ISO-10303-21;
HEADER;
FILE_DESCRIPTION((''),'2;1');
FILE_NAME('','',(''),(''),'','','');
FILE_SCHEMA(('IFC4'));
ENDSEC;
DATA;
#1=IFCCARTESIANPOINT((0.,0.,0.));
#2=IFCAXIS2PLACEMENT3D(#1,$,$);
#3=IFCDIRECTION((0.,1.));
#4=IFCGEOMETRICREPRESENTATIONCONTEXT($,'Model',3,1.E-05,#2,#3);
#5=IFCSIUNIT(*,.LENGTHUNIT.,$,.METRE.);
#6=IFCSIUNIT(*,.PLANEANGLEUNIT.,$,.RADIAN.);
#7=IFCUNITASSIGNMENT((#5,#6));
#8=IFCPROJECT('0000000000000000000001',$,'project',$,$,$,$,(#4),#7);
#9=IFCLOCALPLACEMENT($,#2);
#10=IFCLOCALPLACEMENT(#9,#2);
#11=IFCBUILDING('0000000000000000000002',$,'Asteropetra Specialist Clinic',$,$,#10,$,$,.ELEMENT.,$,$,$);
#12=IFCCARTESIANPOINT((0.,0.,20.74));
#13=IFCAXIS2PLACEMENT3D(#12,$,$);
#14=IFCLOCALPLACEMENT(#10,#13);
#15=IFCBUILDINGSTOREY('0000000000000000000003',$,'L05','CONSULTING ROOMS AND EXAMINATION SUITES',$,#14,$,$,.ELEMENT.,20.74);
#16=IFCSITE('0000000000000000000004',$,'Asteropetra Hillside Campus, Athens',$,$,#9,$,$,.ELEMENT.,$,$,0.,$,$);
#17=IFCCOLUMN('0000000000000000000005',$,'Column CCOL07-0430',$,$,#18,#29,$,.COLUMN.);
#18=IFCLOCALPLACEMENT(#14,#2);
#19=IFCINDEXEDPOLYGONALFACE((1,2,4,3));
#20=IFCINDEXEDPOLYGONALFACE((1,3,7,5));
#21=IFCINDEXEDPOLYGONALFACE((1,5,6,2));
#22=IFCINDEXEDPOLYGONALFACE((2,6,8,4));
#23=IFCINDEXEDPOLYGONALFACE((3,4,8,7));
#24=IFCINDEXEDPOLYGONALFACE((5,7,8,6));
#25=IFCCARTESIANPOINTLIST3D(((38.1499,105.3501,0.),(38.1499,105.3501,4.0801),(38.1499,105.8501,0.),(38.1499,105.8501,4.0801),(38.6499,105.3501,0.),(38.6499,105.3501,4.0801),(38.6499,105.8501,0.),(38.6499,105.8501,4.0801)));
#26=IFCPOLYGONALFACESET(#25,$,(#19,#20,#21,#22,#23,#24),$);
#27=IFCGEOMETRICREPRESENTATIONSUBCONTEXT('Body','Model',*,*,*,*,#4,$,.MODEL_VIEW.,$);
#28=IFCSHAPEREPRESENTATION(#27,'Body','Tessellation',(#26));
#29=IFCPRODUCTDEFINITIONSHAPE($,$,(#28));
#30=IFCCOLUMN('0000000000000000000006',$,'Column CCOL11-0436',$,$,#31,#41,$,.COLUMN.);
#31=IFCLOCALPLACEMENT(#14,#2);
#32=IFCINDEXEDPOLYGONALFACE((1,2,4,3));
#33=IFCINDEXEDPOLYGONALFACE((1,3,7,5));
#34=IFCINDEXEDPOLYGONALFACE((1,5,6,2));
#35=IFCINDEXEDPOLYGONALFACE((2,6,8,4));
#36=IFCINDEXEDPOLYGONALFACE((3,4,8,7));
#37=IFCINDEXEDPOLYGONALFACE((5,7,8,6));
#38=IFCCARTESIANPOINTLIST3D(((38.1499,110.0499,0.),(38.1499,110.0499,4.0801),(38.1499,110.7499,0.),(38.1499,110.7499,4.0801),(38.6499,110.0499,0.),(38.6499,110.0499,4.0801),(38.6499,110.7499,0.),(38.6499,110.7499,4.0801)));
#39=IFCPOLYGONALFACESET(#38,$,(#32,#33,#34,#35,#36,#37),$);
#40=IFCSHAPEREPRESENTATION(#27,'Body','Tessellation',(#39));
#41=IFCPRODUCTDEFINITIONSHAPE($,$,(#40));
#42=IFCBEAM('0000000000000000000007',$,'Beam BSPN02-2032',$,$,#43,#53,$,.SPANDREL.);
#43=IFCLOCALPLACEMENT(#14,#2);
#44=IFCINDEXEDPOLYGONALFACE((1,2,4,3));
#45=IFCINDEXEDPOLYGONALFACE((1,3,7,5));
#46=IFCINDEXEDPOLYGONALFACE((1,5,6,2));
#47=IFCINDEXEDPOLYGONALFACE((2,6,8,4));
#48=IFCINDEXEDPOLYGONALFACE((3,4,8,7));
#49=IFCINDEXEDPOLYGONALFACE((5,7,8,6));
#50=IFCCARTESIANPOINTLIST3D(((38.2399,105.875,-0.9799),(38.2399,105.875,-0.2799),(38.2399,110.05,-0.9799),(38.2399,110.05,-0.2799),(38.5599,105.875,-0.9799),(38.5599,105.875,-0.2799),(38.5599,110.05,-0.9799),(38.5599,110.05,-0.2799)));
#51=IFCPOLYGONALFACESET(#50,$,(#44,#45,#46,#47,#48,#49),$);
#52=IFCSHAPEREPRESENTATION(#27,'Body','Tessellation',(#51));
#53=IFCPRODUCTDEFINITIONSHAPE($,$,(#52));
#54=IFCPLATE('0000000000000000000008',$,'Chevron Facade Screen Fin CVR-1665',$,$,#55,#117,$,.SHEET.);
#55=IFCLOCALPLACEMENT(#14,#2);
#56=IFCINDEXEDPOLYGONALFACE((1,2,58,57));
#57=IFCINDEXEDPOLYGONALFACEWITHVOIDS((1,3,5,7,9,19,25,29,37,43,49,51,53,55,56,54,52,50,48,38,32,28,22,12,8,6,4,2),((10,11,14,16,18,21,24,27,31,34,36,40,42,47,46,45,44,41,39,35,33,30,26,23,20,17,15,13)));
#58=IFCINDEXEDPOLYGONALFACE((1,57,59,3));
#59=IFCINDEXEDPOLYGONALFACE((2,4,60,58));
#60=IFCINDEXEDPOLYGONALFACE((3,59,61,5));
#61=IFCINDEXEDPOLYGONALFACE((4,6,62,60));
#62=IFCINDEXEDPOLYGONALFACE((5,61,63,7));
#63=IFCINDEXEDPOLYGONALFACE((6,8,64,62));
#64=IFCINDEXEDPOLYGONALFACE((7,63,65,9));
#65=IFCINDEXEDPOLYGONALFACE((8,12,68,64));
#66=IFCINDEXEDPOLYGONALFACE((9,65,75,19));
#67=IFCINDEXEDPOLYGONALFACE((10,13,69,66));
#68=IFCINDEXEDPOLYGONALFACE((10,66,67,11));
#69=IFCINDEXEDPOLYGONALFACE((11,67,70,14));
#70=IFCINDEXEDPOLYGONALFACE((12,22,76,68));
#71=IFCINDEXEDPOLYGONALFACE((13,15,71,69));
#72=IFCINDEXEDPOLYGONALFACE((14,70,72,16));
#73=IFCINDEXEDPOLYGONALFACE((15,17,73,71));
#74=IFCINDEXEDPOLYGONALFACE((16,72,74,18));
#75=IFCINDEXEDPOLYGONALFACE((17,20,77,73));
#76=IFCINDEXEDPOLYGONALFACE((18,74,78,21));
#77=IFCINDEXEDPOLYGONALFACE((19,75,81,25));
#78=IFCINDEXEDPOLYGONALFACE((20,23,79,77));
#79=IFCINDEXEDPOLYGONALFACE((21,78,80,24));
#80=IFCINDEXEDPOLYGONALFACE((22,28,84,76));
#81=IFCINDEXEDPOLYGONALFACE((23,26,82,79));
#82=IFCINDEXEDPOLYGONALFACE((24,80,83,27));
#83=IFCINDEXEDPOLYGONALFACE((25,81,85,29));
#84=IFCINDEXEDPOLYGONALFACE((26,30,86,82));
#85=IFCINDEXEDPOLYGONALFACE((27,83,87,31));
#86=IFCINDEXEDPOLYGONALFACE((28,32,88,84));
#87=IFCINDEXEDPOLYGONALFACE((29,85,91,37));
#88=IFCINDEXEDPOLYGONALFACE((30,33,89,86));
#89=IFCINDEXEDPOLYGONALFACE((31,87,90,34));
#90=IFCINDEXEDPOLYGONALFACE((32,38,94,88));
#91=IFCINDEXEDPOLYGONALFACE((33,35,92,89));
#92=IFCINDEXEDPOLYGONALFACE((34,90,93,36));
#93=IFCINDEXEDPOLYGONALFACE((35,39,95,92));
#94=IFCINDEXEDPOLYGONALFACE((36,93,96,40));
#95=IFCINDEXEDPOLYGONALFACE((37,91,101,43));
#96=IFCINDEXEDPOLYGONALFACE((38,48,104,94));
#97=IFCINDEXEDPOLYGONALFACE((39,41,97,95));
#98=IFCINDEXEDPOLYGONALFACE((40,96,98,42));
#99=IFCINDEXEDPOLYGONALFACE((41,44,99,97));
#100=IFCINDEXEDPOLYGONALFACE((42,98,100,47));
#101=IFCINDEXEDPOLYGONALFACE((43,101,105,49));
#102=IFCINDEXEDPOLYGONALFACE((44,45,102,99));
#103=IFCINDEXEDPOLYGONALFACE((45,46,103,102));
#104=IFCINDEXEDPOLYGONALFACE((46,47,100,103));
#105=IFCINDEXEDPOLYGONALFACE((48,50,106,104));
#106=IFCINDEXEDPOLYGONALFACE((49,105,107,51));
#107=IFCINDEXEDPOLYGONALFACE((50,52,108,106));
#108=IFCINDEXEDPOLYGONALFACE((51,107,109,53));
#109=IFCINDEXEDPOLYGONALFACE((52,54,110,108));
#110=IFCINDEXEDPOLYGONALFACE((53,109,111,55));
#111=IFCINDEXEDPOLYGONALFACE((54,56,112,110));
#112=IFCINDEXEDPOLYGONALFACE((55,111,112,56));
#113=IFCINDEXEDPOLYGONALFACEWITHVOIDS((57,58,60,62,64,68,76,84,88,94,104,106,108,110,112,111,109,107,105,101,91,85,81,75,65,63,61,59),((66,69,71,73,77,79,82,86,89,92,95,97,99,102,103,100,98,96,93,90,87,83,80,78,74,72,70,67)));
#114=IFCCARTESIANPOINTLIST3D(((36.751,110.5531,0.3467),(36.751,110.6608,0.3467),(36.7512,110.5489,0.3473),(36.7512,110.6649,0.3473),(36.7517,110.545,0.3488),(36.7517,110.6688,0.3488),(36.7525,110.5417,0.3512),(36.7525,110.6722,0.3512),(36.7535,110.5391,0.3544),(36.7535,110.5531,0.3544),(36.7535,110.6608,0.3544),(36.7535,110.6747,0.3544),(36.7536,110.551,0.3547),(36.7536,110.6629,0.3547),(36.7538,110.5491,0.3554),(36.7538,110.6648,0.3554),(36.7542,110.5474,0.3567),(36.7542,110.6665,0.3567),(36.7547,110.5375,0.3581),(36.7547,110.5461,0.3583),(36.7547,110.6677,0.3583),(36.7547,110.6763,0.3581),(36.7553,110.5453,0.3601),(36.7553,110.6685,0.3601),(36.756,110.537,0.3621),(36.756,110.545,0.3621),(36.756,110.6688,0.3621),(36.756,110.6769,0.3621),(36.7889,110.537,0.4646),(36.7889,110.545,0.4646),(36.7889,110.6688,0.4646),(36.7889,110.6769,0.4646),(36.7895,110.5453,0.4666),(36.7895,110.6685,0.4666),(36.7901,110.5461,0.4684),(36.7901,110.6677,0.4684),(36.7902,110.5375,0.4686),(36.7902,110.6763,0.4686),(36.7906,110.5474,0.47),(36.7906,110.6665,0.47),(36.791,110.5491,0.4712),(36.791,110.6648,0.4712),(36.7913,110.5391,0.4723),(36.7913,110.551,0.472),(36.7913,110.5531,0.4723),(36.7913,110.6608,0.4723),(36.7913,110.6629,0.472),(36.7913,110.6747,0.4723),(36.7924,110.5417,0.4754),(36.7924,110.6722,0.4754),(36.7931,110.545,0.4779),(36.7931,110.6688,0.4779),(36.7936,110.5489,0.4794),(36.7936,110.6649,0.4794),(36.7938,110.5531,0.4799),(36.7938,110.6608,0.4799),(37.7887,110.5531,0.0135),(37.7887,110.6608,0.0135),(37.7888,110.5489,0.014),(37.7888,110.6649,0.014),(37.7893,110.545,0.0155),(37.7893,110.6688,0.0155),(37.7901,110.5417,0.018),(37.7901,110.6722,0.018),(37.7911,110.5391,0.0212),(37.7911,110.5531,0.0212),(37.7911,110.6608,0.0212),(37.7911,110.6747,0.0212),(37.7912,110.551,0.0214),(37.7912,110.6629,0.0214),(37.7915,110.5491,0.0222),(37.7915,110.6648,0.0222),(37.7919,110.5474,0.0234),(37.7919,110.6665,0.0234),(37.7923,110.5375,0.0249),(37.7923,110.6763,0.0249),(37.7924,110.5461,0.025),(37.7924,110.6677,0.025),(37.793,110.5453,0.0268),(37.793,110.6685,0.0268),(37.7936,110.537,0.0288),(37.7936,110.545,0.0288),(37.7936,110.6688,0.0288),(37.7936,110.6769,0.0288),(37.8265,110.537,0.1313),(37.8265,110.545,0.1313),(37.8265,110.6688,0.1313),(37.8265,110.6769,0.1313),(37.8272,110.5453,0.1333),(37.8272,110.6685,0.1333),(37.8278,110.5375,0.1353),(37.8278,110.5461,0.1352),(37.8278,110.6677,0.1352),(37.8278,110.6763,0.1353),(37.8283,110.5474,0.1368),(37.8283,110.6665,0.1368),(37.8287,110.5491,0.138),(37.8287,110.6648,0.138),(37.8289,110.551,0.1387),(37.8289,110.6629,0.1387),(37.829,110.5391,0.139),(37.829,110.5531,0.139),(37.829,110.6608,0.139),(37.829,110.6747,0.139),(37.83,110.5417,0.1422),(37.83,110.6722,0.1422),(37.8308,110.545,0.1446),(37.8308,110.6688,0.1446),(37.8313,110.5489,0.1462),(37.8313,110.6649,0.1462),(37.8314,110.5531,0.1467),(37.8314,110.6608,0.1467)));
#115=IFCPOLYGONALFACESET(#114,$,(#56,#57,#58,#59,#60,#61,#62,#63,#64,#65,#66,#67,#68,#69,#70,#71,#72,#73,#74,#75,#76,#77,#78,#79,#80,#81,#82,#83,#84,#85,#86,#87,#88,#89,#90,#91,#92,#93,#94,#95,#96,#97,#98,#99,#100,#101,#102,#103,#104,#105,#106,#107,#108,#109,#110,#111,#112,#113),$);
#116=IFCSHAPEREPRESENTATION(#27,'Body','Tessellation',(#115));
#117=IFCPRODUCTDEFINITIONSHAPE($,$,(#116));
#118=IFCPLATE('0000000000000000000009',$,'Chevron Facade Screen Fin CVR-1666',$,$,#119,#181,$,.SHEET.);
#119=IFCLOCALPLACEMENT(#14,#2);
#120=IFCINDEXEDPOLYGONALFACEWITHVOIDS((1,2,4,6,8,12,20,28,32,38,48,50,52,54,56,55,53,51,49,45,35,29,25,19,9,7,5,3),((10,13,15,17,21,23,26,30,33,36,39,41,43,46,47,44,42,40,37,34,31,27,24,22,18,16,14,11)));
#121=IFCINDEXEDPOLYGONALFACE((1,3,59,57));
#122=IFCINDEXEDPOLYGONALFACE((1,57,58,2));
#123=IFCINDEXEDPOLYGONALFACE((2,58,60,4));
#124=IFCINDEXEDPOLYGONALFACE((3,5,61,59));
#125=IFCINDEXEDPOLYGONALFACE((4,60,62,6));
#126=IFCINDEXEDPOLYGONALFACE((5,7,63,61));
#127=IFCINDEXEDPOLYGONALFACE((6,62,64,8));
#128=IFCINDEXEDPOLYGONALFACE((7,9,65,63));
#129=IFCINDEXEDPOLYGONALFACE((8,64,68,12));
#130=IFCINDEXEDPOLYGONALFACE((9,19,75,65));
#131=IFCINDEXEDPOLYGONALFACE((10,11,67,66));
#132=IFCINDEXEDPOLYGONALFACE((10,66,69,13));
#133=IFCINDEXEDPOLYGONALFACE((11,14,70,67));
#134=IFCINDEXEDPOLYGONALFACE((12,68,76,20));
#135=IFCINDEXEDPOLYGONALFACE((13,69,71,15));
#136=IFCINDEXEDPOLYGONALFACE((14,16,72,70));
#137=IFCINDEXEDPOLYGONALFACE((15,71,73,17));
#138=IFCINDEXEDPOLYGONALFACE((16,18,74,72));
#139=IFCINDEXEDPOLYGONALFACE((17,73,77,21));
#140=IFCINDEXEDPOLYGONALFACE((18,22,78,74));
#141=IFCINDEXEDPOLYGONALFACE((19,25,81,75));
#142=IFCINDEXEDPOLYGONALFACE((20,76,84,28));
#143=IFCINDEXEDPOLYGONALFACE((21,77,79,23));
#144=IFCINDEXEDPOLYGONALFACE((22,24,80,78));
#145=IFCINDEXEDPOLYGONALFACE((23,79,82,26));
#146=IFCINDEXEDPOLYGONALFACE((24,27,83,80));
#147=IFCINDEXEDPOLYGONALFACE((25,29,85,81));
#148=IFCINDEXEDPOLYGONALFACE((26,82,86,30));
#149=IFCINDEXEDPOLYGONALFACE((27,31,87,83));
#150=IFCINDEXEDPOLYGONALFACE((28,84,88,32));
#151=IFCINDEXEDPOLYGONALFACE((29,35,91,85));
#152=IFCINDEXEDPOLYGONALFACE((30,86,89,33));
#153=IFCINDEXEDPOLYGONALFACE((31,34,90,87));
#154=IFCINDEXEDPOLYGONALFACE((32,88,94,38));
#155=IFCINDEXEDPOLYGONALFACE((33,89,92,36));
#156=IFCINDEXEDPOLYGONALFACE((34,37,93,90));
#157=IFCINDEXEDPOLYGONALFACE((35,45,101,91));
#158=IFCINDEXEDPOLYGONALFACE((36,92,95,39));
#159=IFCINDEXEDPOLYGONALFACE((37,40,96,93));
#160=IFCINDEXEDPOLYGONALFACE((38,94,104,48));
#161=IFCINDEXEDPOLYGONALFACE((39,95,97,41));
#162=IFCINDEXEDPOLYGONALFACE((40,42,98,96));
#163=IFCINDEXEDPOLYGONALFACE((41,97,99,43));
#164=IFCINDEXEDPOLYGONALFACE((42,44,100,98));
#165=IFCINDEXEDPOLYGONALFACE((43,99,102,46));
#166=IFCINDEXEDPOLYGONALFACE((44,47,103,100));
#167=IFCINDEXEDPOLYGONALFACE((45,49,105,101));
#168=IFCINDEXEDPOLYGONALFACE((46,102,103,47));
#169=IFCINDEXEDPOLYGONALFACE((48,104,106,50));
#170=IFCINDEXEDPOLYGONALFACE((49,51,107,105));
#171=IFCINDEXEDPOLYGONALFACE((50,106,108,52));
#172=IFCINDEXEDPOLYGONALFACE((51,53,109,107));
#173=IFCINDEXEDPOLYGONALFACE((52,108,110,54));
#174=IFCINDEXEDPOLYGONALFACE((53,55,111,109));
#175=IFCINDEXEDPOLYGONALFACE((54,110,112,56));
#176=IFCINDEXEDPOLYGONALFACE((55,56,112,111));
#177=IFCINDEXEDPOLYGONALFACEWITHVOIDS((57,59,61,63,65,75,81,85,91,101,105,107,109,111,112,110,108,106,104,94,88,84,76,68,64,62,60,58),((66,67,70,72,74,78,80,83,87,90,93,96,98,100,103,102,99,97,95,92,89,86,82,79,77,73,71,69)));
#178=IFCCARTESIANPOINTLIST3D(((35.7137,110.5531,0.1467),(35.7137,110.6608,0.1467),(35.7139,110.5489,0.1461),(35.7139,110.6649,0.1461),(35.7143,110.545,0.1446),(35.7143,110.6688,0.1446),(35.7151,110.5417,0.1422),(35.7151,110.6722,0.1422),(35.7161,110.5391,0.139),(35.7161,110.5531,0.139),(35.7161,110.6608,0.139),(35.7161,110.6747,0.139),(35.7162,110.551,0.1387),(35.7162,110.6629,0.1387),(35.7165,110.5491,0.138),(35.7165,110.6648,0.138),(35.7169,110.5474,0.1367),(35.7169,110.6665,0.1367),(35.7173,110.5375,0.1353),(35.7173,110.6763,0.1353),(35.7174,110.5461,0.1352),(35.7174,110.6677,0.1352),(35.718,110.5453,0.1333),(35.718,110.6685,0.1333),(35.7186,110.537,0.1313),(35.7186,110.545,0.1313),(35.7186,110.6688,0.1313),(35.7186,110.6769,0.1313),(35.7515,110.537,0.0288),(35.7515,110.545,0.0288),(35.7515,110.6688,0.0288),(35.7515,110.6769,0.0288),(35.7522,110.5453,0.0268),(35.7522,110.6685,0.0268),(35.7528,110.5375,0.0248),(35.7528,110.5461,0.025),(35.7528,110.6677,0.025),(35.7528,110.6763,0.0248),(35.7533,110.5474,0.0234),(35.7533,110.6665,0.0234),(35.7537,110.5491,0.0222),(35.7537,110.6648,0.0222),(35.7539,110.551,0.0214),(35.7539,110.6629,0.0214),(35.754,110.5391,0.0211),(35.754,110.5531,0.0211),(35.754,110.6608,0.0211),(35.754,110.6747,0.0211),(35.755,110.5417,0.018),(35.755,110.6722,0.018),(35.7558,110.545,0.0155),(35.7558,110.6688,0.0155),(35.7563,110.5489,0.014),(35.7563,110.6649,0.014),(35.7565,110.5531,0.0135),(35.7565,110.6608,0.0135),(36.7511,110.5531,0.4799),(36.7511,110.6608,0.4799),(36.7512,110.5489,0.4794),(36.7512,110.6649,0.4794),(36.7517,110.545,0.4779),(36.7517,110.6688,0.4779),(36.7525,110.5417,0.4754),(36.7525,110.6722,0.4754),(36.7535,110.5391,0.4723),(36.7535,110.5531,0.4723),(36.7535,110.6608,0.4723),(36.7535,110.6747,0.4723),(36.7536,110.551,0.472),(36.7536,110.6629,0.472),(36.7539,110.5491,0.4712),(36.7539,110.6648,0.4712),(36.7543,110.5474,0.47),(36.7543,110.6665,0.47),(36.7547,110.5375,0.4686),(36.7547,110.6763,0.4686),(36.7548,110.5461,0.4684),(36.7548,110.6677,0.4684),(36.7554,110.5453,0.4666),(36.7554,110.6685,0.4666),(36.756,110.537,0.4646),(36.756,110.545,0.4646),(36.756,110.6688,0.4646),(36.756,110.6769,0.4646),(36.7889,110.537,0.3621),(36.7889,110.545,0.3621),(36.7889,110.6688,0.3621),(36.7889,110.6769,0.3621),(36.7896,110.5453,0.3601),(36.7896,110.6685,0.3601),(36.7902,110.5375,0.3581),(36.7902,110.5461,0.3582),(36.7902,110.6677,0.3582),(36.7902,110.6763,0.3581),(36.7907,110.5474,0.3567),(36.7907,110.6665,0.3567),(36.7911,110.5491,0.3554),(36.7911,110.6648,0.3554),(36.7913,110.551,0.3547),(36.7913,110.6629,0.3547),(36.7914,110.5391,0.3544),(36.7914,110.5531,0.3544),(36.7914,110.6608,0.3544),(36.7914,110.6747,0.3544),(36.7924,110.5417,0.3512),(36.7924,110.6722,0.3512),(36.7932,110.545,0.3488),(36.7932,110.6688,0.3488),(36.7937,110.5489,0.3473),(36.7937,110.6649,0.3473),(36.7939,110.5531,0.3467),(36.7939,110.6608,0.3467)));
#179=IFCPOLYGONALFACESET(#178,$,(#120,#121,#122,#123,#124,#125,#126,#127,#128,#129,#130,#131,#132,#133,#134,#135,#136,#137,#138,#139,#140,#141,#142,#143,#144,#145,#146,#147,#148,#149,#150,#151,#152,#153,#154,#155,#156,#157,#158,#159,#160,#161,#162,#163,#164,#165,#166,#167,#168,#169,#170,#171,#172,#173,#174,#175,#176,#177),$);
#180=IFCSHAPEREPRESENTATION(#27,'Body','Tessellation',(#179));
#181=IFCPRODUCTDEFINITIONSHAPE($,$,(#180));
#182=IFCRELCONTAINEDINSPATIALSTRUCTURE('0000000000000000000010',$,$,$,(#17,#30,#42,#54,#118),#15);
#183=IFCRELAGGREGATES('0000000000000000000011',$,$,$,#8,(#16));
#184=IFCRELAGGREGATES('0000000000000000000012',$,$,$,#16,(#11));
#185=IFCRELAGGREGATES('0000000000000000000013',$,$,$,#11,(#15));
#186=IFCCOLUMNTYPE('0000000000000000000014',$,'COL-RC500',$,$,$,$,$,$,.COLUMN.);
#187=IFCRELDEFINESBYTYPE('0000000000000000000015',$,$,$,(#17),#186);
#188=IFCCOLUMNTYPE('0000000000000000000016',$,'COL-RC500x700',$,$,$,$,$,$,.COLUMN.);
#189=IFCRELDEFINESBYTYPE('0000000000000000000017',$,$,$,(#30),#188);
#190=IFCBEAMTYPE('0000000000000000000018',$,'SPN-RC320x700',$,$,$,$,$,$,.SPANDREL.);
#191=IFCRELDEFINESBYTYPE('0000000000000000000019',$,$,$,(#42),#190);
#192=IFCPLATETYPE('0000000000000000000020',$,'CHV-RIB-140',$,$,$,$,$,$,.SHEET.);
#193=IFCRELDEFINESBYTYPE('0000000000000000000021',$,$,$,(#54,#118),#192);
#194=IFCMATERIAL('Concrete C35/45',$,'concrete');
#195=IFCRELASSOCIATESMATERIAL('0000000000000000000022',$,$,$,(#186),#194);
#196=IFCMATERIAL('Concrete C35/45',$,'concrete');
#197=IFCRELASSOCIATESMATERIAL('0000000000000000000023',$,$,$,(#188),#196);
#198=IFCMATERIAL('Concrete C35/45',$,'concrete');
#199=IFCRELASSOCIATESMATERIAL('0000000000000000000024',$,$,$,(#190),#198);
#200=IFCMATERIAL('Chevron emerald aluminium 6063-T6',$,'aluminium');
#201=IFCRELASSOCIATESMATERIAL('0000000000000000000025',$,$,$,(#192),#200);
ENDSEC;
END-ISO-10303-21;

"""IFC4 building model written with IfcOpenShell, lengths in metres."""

from ifc_helpers import new_model, si_unit, direction, frame, origin, origin_2d, place, context, subcontext, project, spatial, rectangle, hollow_rectangle, extrude, material, material_profile, profile_set, type_object, element, save


model = new_model("IFC4")

# Units and contexts
model_context = context("Model", 3, precision=1e-05, world=origin(), true_north=direction((0.0, 1.0)))
body_context = subcontext(model_context, "Body", "Model", "MODEL_VIEW")
ifc_project = project(units=[si_unit("LENGTHUNIT", "METRE"), si_unit("PLANEANGLEUNIT", "RADIAN")], contexts=[model_context])

# Site, building, storey
site_placement = place(None, origin())
site = spatial("IfcSite", under=ifc_project, at=site_placement, Name="Asteropetra Hillside Campus, Athens", CompositionType="ELEMENT", RefElevation=0.0)
building_placement = place(site_placement, origin())
building = spatial("IfcBuilding", under=site, at=building_placement, Name="Asteropetra Specialist Clinic", CompositionType="ELEMENT")
storey_placement = place(building_placement, frame((0.0, 0.0, 20.74)))
storey = spatial("IfcBuildingStorey", under=building, at=storey_placement, Name="L05", Description="CONSULTING ROOMS AND EXAMINATION SUITES", CompositionType="ELEMENT", Elevation=20.74)

# Columns
ifc_material_1 = material(Name="Concrete C35/45", Category="concrete")
ifc_material_profile_1 = material_profile(ifc_material_1, rectangle(XDim=0.5, YDim=0.5, at=origin_2d()), Name="RC 500x500")
ifc_profile_set_1 = profile_set([ifc_material_profile_1], Name="Concrete C35/45")
column_type_1 = type_object("IfcColumnType", Name="COL-RC500", PredefinedType="COLUMN", material=ifc_profile_set_1)
column_1_placement = place(storey_placement, frame((38.3999, 105.6001, 0.0), z_axis=(0.0, 0.0, 1.0), x_axis=(1.0, 0.0, 0.0)))
element("IfcColumn", 1, at=column_1_placement, inside=storey, type_object=column_type_1, Name="Column CCOL07-0430", PredefinedType="COLUMN", context=body_context, shape_type="SweptSolid", body=[
    extrude(rectangle(XDim=0.5, YDim=0.5, at=origin_2d()), origin(), (0.0, 0.0, 1.0), 4.0801),
])
ifc_material_2 = material(Name="Concrete C35/45", Category="concrete")
ifc_material_profile_2 = material_profile(ifc_material_2, rectangle(XDim=0.5, YDim=0.7, at=origin_2d()), Name="RC 500x700")
ifc_profile_set_2 = profile_set([ifc_material_profile_2], Name="Concrete C35/45")
column_type_2 = type_object("IfcColumnType", Name="COL-RC500x700", PredefinedType="COLUMN", material=ifc_profile_set_2)
column_2_placement = place(storey_placement, frame((38.3999, 110.3999, 0.0), z_axis=(0.0, 0.0, 1.0), x_axis=(1.0, 0.0, 0.0)))
element("IfcColumn", 2, at=column_2_placement, inside=storey, type_object=column_type_2, Name="Column CCOL11-0436", PredefinedType="COLUMN", context=body_context, shape_type="SweptSolid", body=[
    extrude(rectangle(XDim=0.5, YDim=0.7, at=origin_2d()), origin(), (0.0, 0.0, 1.0), 4.0801),
])

# Beam
ifc_material_3 = material(Name="Concrete C35/45", Category="concrete")
ifc_material_profile_3 = material_profile(ifc_material_3, rectangle(XDim=0.3201, YDim=0.7, at=origin_2d()), Name="RCS 320x700")
ifc_profile_set_3 = profile_set([ifc_material_profile_3], Name="Concrete C35/45")
beam_type = type_object("IfcBeamType", Name="SPN-RC320x700", PredefinedType="SPANDREL", material=ifc_profile_set_3)
beam_placement = place(storey_placement, frame((38.3999, 105.875, -0.6299), z_axis=(0.0, 1.0, 0.0), x_axis=(-1.0, 0.0, 0.0)))
element("IfcBeam", 3, at=beam_placement, inside=storey, type_object=beam_type, Name="Beam BSPN02-2032", PredefinedType="SPANDREL", context=body_context, shape_type="SweptSolid", body=[
    extrude(rectangle(XDim=0.3201, YDim=0.7, at=origin_2d()), origin(), (0.0, 0.0, 1.0), 4.175),
])

# Plates
ifc_material_4 = material(Name="Chevron emerald aluminium 6063-T6", Category="aluminium")
ifc_material_profile_4 = material_profile(ifc_material_4, hollow_rectangle(XDim=0.1399, YDim=0.1399, WallThickness=0.0081, InnerFilletRadius=0.0081, OuterFilletRadius=0.0161, at=origin_2d()), Name="SHS 140x140x8.0")
ifc_profile_set_4 = profile_set([ifc_material_profile_4], Name="Chevron emerald aluminium 6063-T6")
plate_type = type_object("IfcPlateType", Name="CHV-RIB-140", PredefinedType="SHEET", material=ifc_profile_set_4)
plate_1_placement = place(storey_placement, frame((37.8101, 110.6069, 0.0801), z_axis=(-0.952098, 0.0, 0.305792), x_axis=(0.0, -1.0, 0.0)))
element("IfcPlate", 4, at=plate_1_placement, inside=storey, type_object=plate_type, Name="Chevron Facade Screen Fin CVR-1665", PredefinedType="SHEET", context=body_context, shape_type="SweptSolid", body=[
    extrude(hollow_rectangle(XDim=0.1399, YDim=0.1399, WallThickness=0.0081, InnerFilletRadius=0.0081, OuterFilletRadius=0.0161, at=origin_2d()), origin(), (0.0, 0.0, 1.0), 1.0898),
])
plate_2_placement = place(storey_placement, frame((36.7725, 110.6069, 0.4133), z_axis=(-0.952078, 0.0, -0.305857), x_axis=(0.0, -1.0, 0.0)))
element("IfcPlate", 5, at=plate_2_placement, inside=storey, type_object=plate_type, Name="Chevron Facade Screen Fin CVR-1666", PredefinedType="SHEET", context=body_context, shape_type="SweptSolid", body=[
    extrude(hollow_rectangle(XDim=0.1399, YDim=0.1399, WallThickness=0.0081, InnerFilletRadius=0.0081, OuterFilletRadius=0.0161, at=origin_2d()), origin(), (0.0, 0.0, 1.0), 1.0896),
])

save(model, "model.ifc")
